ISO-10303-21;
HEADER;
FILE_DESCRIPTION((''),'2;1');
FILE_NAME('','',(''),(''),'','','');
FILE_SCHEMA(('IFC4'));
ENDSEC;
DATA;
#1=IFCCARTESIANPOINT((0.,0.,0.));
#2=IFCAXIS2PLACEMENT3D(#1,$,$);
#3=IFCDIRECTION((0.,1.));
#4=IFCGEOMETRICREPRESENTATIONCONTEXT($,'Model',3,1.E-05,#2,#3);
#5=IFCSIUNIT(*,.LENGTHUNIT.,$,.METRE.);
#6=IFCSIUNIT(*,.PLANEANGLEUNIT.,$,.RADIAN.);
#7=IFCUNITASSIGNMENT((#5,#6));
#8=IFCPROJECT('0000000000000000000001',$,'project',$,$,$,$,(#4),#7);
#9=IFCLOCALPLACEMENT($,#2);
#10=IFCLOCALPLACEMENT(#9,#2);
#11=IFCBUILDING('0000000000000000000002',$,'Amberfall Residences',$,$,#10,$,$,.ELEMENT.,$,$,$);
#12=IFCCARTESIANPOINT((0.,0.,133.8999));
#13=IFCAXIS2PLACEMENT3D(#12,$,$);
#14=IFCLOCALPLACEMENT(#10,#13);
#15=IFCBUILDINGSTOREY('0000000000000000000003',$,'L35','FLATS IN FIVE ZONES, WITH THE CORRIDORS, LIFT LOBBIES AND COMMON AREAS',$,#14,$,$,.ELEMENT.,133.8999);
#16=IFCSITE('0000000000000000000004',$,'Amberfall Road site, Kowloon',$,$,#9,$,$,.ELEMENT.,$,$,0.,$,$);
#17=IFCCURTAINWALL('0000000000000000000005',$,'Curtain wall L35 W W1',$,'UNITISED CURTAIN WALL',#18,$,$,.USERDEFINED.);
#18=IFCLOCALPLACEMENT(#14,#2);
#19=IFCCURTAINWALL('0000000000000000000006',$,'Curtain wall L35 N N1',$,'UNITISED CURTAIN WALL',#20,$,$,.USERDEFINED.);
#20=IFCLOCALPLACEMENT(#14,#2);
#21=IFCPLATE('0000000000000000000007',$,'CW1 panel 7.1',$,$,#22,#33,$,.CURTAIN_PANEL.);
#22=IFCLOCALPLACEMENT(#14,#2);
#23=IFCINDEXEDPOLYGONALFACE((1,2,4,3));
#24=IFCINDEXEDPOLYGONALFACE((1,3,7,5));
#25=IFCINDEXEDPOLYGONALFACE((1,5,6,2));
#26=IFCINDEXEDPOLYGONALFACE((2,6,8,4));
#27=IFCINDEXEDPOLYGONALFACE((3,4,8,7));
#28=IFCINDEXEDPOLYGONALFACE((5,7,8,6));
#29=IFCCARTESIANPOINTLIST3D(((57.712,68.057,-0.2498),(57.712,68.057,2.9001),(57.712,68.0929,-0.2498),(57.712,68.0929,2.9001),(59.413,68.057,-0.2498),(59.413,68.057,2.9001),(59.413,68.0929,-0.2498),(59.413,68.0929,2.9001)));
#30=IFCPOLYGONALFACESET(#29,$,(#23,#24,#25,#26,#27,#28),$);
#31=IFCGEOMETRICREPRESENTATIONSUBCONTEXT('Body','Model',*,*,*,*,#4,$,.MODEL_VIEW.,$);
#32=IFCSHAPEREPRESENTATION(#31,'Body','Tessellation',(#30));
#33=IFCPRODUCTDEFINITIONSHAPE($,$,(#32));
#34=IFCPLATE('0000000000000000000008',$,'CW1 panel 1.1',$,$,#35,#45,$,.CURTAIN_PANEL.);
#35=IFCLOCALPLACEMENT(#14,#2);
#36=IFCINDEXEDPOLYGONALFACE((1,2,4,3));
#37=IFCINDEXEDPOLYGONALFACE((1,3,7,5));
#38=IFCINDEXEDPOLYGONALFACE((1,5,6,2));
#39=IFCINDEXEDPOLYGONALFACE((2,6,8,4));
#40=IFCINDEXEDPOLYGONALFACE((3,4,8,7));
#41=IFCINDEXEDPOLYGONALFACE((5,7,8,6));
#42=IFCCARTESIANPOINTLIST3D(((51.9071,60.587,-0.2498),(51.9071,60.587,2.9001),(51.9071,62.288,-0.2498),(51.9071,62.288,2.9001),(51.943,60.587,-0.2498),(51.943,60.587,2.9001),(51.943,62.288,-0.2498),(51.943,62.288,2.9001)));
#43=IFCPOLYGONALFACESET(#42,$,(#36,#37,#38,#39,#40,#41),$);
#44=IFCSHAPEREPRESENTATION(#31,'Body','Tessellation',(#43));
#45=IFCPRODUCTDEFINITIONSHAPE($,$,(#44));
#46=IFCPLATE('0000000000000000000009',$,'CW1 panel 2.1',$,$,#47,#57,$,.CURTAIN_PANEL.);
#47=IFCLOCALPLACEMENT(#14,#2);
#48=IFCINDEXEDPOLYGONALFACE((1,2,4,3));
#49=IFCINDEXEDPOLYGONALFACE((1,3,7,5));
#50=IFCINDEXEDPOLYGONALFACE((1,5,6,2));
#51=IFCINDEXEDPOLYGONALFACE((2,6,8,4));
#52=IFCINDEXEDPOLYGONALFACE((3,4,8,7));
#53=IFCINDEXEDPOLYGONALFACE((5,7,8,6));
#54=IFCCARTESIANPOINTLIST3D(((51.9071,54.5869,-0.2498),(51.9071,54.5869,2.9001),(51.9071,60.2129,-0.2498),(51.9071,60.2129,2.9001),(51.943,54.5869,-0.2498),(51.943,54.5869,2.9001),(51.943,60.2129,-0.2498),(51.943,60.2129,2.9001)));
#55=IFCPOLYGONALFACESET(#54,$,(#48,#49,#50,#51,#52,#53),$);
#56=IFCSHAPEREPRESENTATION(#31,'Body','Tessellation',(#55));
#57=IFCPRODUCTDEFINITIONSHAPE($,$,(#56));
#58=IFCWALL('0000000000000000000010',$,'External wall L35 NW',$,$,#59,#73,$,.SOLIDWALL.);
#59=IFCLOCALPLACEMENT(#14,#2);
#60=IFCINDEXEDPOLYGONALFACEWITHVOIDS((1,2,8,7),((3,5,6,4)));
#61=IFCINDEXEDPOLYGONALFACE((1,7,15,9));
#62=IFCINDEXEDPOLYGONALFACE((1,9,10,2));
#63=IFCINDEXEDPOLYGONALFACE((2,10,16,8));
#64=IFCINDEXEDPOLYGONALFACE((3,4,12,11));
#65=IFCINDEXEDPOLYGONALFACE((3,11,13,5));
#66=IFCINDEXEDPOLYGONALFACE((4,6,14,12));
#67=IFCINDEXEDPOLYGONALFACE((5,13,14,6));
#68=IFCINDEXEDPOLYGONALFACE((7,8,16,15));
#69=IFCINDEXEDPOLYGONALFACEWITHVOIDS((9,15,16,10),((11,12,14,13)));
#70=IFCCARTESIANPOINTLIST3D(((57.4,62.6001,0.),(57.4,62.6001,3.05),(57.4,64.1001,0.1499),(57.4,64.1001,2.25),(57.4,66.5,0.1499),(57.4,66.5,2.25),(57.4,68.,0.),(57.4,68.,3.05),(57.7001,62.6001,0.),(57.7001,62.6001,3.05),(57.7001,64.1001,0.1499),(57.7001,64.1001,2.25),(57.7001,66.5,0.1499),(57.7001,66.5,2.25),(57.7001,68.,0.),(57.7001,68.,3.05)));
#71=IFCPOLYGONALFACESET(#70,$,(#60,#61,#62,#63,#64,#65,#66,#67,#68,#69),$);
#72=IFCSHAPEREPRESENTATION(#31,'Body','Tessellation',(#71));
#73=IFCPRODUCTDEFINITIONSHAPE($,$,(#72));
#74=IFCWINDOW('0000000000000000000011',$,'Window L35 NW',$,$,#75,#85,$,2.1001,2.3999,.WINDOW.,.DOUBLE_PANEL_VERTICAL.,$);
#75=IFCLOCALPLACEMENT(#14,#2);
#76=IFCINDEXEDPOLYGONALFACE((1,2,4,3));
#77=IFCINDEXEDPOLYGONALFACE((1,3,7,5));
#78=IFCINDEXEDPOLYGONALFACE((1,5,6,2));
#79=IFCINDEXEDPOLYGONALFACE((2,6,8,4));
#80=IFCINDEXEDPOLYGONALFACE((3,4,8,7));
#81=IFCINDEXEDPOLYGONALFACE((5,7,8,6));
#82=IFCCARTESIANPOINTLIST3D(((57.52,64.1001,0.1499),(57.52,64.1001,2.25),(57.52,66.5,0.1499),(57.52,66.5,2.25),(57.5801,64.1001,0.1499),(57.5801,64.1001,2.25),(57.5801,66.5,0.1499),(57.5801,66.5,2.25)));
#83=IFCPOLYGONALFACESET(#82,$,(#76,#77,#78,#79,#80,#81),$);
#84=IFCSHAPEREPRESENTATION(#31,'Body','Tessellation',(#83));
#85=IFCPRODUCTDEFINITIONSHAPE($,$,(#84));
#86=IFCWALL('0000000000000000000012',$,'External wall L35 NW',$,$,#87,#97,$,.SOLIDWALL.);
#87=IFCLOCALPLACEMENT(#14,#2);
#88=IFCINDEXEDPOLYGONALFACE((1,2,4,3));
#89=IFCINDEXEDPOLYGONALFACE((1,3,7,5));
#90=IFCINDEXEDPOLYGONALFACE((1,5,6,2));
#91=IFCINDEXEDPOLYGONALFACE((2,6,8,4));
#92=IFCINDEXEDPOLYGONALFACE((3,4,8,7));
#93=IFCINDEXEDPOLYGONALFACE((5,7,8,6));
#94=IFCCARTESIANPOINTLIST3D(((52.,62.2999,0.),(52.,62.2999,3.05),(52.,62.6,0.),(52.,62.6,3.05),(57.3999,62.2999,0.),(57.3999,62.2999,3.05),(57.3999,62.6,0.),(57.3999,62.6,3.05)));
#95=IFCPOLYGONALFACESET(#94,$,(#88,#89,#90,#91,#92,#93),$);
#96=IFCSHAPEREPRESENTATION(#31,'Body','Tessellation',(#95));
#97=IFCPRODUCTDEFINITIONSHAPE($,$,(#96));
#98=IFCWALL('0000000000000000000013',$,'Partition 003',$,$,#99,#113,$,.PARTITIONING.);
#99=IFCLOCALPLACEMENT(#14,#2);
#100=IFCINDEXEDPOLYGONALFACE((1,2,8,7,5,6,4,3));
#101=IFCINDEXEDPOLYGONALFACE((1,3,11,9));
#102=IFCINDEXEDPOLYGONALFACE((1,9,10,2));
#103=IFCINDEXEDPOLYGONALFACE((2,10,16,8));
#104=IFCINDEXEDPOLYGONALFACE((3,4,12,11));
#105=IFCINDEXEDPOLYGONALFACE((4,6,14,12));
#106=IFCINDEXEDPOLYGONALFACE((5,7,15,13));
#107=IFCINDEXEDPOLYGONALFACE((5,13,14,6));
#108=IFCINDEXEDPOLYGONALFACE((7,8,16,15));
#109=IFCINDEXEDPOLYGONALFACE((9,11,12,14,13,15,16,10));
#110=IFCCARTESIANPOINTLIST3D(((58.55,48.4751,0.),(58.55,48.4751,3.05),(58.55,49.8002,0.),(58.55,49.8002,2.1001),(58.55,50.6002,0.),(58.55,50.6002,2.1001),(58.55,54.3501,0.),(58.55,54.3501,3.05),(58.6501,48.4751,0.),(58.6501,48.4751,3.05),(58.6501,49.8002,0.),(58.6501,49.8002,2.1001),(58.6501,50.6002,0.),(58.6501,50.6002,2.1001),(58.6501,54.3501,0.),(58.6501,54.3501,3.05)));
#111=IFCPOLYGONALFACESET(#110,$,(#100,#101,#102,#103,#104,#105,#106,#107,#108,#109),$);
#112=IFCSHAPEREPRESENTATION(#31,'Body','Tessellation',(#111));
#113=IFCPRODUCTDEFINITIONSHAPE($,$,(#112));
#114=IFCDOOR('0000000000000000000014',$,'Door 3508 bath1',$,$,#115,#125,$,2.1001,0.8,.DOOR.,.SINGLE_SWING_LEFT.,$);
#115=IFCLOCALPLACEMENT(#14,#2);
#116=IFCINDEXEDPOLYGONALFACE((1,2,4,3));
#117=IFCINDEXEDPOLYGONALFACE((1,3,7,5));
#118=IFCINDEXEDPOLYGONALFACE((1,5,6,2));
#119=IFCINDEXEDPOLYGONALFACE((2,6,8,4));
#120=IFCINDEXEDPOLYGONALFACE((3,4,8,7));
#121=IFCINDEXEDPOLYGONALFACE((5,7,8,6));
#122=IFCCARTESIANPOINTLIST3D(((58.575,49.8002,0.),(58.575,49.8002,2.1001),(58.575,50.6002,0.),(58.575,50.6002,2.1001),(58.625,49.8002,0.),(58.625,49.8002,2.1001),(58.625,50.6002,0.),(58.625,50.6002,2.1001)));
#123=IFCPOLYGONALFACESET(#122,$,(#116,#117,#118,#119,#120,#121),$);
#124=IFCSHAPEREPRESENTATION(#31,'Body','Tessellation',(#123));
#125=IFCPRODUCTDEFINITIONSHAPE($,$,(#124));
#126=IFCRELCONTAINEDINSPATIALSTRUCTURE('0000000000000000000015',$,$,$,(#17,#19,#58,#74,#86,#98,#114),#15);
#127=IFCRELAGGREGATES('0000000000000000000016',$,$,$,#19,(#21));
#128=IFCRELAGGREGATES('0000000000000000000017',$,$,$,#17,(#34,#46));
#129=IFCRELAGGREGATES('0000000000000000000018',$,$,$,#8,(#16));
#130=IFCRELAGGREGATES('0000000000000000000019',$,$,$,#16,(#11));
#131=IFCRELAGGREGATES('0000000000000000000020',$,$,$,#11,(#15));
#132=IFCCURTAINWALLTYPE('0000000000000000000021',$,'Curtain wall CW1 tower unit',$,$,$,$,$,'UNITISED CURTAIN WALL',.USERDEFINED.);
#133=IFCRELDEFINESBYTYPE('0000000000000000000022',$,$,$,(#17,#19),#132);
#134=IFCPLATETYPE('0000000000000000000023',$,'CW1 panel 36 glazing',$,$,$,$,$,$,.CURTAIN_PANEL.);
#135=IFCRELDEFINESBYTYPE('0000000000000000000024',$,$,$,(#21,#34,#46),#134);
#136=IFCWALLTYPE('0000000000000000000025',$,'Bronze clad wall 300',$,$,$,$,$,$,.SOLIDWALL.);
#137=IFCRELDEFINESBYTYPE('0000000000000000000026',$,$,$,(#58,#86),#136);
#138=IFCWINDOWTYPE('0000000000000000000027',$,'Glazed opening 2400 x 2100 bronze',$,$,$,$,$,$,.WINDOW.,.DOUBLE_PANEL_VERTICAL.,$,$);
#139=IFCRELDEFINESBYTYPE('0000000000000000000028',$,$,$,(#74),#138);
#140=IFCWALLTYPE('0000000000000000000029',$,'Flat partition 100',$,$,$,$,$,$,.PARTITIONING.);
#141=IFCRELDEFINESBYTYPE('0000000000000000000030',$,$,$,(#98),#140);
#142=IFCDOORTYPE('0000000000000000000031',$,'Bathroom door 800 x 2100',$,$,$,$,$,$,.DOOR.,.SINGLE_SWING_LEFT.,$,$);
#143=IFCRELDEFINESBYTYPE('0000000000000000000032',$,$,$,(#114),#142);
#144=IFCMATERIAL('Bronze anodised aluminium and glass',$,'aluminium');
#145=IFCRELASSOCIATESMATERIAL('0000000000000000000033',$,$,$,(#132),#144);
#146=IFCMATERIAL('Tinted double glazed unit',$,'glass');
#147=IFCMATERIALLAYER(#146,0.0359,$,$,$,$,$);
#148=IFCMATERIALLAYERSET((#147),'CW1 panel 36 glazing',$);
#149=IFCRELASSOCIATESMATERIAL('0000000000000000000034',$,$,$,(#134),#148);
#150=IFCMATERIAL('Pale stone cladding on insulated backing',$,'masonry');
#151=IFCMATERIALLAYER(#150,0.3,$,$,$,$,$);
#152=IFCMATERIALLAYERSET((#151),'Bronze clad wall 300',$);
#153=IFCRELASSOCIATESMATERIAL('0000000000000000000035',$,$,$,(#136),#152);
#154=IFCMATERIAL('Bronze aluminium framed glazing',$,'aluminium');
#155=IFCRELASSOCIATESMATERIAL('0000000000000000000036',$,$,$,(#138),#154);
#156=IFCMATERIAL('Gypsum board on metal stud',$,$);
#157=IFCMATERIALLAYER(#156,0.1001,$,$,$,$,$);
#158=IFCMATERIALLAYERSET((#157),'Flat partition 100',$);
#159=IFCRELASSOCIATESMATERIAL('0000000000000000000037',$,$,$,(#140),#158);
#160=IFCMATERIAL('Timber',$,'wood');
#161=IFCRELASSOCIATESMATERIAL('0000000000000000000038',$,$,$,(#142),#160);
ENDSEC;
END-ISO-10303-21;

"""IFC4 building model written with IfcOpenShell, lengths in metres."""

from ifc_helpers import new_model, si_unit, direction, frame, frame_2d, origin, origin_2d, place, context, subcontext, project, spatial, rectangle, extrude, material, layer, layer_set, type_object, element, fill, aggregate, save


model = new_model("IFC4")

# Units and contexts
model_context = context("Model", 3, precision=1e-05, world=origin(), true_north=direction((0.0, 1.0)))
body_context = subcontext(model_context, "Body", "Model", "MODEL_VIEW")
ifc_project = project(units=[si_unit("LENGTHUNIT", "METRE"), si_unit("PLANEANGLEUNIT", "RADIAN")], contexts=[model_context])

# Site, building, storey
site_placement = place(None, origin())
site = spatial("IfcSite", under=ifc_project, at=site_placement, Name="Amberfall Road site, Kowloon", CompositionType="ELEMENT", RefElevation=0.0)
building_placement = place(site_placement, origin())
building = spatial("IfcBuilding", under=site, at=building_placement, Name="Amberfall Residences", CompositionType="ELEMENT")
storey_placement = place(building_placement, frame((0.0, 0.0, 133.8999)))
storey = spatial("IfcBuildingStorey", under=building, at=storey_placement, Name="L35", Description="FLATS IN FIVE ZONES, WITH THE CORRIDORS, LIFT LOBBIES AND COMMON AREAS", CompositionType="ELEMENT", Elevation=133.8999)

# Curtain wall
ifc_material_1 = material(Name="Bronze anodised aluminium and glass", Category="aluminium")
curtain_wall_type = type_object("IfcCurtainWallType", Name="Curtain wall CW1 tower unit", ElementType="UNITISED CURTAIN WALL", PredefinedType="USERDEFINED", material=ifc_material_1)
curtain_wall_1_placement = place(storey_placement, origin())
curtain_wall_1 = element("IfcCurtainWall", 1, at=curtain_wall_1_placement, inside=storey, type_object=curtain_wall_type, Name="Curtain wall L35 W W1", ObjectType="UNITISED CURTAIN WALL", PredefinedType="USERDEFINED")

# Curtain wall
curtain_wall_2_placement = place(storey_placement, origin())
curtain_wall_2 = element("IfcCurtainWall", 2, at=curtain_wall_2_placement, inside=storey, type_object=curtain_wall_type, Name="Curtain wall L35 N N1", ObjectType="UNITISED CURTAIN WALL", PredefinedType="USERDEFINED")

# Plates
ifc_material_2 = material(Name="Tinted double glazed unit", Category="glass")
ifc_layer_1 = layer(ifc_material_2, 0.0359)
ifc_layer_set_1 = layer_set([ifc_layer_1], Name="CW1 panel 36 glazing")
plate_type = type_object("IfcPlateType", Name="CW1 panel 36 glazing", PredefinedType="CURTAIN_PANEL", material=ifc_layer_set_1)
plate_1_placement = place(storey_placement, frame((58.5625, 68.075, -0.2498), z_axis=(0.0, 0.0, 1.0), x_axis=(-1.0, 0.0, 0.0)))
plate_1 = element("IfcPlate", 3, at=plate_1_placement, type_object=plate_type, Name="CW1 panel 7.1", PredefinedType="CURTAIN_PANEL", context=body_context, shape_type="SweptSolid", body=[
    extrude(rectangle(XDim=1.7009, YDim=0.0359, at=origin_2d()), origin(), (0.0, 0.0, 1.0), 3.1499),
])
aggregate(curtain_wall_2, [plate_1])
plate_2_placement = place(storey_placement, frame((51.925, 61.4375, -0.2498), z_axis=(0.0, 0.0, 1.0), x_axis=(0.0, -1.0, 0.0)))
plate_2 = element("IfcPlate", 4, at=plate_2_placement, type_object=plate_type, Name="CW1 panel 1.1", PredefinedType="CURTAIN_PANEL", context=body_context, shape_type="SweptSolid", body=[
    extrude(rectangle(XDim=1.7009, YDim=0.0359, at=origin_2d()), origin(), (0.0, 0.0, 1.0), 3.1499),
])
plate_3_placement = place(storey_placement, frame((51.925, 57.3999, -0.2498), z_axis=(0.0, 0.0, 1.0), x_axis=(0.0, -1.0, 0.0)))
plate_3 = element("IfcPlate", 5, at=plate_3_placement, type_object=plate_type, Name="CW1 panel 2.1", PredefinedType="CURTAIN_PANEL", context=body_context, shape_type="SweptSolid", body=[
    extrude(rectangle(XDim=5.626, YDim=0.0359, at=origin_2d()), origin(), (0.0, 0.0, 1.0), 3.1499),
])
aggregate(curtain_wall_1, [plate_2, plate_3])

# Wall, opening, window
ifc_material_3 = material(Name="Pale stone cladding on insulated backing", Category="masonry")
ifc_layer_2 = layer(ifc_material_3, 0.3)
ifc_layer_set_2 = layer_set([ifc_layer_2], Name="Bronze clad wall 300")
wall_type_1 = type_object("IfcWallType", Name="Bronze clad wall 300", PredefinedType="SOLIDWALL", material=ifc_layer_set_2)
wall_1_placement = place(storey_placement, frame((57.55, 68.0, 0.0), z_axis=(0.0, 0.0, 1.0), x_axis=(0.0, -1.0, 0.0)))
wall_1 = element("IfcWall", 6, at=wall_1_placement, inside=storey, type_object=wall_type_1, Name="External wall L35 NW", PredefinedType="SOLIDWALL", context=body_context, shape_type="SweptSolid", body=[
    extrude(rectangle(XDim=5.3999, YDim=0.3, at=frame_2d((2.7, 0.0))), origin(), (0.0, 0.0, 1.0), 3.05),
])
opening_1_placement = place(wall_1_placement, frame((1.5, 0.0, 0.1499)))
opening_1 = element("IfcOpeningElement", 7, at=opening_1_placement, cuts=wall_1, PredefinedType="OPENING", context=body_context, shape_type="SweptSolid", body=[
    extrude(rectangle(XDim=2.3999, YDim=2.1001, at=frame_2d((1.2, 1.05))), frame((0.0, 0.1599, 0.0), z_axis=(0.0, -1.0, 0.0), x_axis=(1.0, 0.0, 0.0)), (0.0, 0.0, 1.0), 0.3201),
])
ifc_material_4 = material(Name="Bronze aluminium framed glazing", Category="aluminium")
window_type = type_object("IfcWindowType", Name="Glazed opening 2400 x 2100 bronze", PartitioningType="DOUBLE_PANEL_VERTICAL", PredefinedType="WINDOW", material=ifc_material_4)
window_placement = place(opening_1_placement, origin())
window = element("IfcWindow", 8, at=window_placement, inside=storey, type_object=window_type, Name="Window L35 NW", OverallHeight=2.1001, OverallWidth=2.3999, PartitioningType="DOUBLE_PANEL_VERTICAL", PredefinedType="WINDOW", context=body_context, shape_type="SweptSolid", body=[
    extrude(rectangle(XDim=2.3999, YDim=2.1001, at=frame_2d((1.2, 1.05))), frame((0.0, 0.03, 0.0), z_axis=(0.0, -1.0, 0.0), x_axis=(1.0, 0.0, 0.0)), (0.0, 0.0, 1.0), 0.0601),
])
fill(opening_1, window)

# Wall
wall_2_placement = place(storey_placement, frame((57.3999, 62.45, 0.0), z_axis=(0.0, 0.0, 1.0), x_axis=(-1.0, 0.0, 0.0)))
element("IfcWall", 9, at=wall_2_placement, inside=storey, type_object=wall_type_1, Name="External wall L35 NW", PredefinedType="SOLIDWALL", context=body_context, shape_type="SweptSolid", body=[
    extrude(rectangle(XDim=5.3999, YDim=0.3, at=frame_2d((2.7, 0.0))), origin(), (0.0, 0.0, 1.0), 3.05),
])

# Wall, opening, door
ifc_material_5 = material(Name="Gypsum board on metal stud")
ifc_layer_3 = layer(ifc_material_5, 0.1001)
ifc_layer_set_3 = layer_set([ifc_layer_3], Name="Flat partition 100")
wall_type_2 = type_object("IfcWallType", Name="Flat partition 100", PredefinedType="PARTITIONING", material=ifc_layer_set_3)
wall_3_placement = place(storey_placement, frame((58.6001, 54.3501, 0.0), z_axis=(0.0, 0.0, 1.0), x_axis=(0.0, -1.0, 0.0)))
wall_3 = element("IfcWall", 10, at=wall_3_placement, inside=storey, type_object=wall_type_2, Name="Partition 003", PredefinedType="PARTITIONING", context=body_context, shape_type="SweptSolid", body=[
    extrude(rectangle(XDim=5.875, YDim=0.1001, at=frame_2d((2.9375, 0.0))), origin(), (0.0, 0.0, 1.0), 3.05),
])
opening_2_placement = place(wall_3_placement, frame((3.75, 0.0, 0.0)))
opening_2 = element("IfcOpeningElement", 11, at=opening_2_placement, cuts=wall_3, PredefinedType="OPENING", context=body_context, shape_type="SweptSolid", body=[
    extrude(rectangle(XDim=0.8, YDim=2.1001, at=frame_2d((0.3999, 1.05))), frame((0.0, 0.0601, 0.0), z_axis=(0.0, -1.0, 0.0), x_axis=(1.0, 0.0, 0.0)), (0.0, 0.0, 1.0), 0.1201),
])
ifc_material_6 = material(Name="Timber", Category="wood")
door_type = type_object("IfcDoorType", Name="Bathroom door 800 x 2100", OperationType="SINGLE_SWING_LEFT", PredefinedType="DOOR", material=ifc_material_6)
door_placement = place(opening_2_placement, origin())
door = element("IfcDoor", 12, at=door_placement, inside=storey, type_object=door_type, Name="Door 3508 bath1", OperationType="SINGLE_SWING_LEFT", OverallHeight=2.1001, OverallWidth=0.8, PredefinedType="DOOR", context=body_context, shape_type="SweptSolid", body=[
    extrude(rectangle(XDim=0.8, YDim=2.1001, at=frame_2d((0.3999, 1.05))), frame((0.0, 0.0249, 0.0), z_axis=(0.0, -1.0, 0.0), x_axis=(1.0, 0.0, 0.0)), (0.0, 0.0, 1.0), 0.05),
])
fill(opening_2, door)

save(model, "model.ifc")
